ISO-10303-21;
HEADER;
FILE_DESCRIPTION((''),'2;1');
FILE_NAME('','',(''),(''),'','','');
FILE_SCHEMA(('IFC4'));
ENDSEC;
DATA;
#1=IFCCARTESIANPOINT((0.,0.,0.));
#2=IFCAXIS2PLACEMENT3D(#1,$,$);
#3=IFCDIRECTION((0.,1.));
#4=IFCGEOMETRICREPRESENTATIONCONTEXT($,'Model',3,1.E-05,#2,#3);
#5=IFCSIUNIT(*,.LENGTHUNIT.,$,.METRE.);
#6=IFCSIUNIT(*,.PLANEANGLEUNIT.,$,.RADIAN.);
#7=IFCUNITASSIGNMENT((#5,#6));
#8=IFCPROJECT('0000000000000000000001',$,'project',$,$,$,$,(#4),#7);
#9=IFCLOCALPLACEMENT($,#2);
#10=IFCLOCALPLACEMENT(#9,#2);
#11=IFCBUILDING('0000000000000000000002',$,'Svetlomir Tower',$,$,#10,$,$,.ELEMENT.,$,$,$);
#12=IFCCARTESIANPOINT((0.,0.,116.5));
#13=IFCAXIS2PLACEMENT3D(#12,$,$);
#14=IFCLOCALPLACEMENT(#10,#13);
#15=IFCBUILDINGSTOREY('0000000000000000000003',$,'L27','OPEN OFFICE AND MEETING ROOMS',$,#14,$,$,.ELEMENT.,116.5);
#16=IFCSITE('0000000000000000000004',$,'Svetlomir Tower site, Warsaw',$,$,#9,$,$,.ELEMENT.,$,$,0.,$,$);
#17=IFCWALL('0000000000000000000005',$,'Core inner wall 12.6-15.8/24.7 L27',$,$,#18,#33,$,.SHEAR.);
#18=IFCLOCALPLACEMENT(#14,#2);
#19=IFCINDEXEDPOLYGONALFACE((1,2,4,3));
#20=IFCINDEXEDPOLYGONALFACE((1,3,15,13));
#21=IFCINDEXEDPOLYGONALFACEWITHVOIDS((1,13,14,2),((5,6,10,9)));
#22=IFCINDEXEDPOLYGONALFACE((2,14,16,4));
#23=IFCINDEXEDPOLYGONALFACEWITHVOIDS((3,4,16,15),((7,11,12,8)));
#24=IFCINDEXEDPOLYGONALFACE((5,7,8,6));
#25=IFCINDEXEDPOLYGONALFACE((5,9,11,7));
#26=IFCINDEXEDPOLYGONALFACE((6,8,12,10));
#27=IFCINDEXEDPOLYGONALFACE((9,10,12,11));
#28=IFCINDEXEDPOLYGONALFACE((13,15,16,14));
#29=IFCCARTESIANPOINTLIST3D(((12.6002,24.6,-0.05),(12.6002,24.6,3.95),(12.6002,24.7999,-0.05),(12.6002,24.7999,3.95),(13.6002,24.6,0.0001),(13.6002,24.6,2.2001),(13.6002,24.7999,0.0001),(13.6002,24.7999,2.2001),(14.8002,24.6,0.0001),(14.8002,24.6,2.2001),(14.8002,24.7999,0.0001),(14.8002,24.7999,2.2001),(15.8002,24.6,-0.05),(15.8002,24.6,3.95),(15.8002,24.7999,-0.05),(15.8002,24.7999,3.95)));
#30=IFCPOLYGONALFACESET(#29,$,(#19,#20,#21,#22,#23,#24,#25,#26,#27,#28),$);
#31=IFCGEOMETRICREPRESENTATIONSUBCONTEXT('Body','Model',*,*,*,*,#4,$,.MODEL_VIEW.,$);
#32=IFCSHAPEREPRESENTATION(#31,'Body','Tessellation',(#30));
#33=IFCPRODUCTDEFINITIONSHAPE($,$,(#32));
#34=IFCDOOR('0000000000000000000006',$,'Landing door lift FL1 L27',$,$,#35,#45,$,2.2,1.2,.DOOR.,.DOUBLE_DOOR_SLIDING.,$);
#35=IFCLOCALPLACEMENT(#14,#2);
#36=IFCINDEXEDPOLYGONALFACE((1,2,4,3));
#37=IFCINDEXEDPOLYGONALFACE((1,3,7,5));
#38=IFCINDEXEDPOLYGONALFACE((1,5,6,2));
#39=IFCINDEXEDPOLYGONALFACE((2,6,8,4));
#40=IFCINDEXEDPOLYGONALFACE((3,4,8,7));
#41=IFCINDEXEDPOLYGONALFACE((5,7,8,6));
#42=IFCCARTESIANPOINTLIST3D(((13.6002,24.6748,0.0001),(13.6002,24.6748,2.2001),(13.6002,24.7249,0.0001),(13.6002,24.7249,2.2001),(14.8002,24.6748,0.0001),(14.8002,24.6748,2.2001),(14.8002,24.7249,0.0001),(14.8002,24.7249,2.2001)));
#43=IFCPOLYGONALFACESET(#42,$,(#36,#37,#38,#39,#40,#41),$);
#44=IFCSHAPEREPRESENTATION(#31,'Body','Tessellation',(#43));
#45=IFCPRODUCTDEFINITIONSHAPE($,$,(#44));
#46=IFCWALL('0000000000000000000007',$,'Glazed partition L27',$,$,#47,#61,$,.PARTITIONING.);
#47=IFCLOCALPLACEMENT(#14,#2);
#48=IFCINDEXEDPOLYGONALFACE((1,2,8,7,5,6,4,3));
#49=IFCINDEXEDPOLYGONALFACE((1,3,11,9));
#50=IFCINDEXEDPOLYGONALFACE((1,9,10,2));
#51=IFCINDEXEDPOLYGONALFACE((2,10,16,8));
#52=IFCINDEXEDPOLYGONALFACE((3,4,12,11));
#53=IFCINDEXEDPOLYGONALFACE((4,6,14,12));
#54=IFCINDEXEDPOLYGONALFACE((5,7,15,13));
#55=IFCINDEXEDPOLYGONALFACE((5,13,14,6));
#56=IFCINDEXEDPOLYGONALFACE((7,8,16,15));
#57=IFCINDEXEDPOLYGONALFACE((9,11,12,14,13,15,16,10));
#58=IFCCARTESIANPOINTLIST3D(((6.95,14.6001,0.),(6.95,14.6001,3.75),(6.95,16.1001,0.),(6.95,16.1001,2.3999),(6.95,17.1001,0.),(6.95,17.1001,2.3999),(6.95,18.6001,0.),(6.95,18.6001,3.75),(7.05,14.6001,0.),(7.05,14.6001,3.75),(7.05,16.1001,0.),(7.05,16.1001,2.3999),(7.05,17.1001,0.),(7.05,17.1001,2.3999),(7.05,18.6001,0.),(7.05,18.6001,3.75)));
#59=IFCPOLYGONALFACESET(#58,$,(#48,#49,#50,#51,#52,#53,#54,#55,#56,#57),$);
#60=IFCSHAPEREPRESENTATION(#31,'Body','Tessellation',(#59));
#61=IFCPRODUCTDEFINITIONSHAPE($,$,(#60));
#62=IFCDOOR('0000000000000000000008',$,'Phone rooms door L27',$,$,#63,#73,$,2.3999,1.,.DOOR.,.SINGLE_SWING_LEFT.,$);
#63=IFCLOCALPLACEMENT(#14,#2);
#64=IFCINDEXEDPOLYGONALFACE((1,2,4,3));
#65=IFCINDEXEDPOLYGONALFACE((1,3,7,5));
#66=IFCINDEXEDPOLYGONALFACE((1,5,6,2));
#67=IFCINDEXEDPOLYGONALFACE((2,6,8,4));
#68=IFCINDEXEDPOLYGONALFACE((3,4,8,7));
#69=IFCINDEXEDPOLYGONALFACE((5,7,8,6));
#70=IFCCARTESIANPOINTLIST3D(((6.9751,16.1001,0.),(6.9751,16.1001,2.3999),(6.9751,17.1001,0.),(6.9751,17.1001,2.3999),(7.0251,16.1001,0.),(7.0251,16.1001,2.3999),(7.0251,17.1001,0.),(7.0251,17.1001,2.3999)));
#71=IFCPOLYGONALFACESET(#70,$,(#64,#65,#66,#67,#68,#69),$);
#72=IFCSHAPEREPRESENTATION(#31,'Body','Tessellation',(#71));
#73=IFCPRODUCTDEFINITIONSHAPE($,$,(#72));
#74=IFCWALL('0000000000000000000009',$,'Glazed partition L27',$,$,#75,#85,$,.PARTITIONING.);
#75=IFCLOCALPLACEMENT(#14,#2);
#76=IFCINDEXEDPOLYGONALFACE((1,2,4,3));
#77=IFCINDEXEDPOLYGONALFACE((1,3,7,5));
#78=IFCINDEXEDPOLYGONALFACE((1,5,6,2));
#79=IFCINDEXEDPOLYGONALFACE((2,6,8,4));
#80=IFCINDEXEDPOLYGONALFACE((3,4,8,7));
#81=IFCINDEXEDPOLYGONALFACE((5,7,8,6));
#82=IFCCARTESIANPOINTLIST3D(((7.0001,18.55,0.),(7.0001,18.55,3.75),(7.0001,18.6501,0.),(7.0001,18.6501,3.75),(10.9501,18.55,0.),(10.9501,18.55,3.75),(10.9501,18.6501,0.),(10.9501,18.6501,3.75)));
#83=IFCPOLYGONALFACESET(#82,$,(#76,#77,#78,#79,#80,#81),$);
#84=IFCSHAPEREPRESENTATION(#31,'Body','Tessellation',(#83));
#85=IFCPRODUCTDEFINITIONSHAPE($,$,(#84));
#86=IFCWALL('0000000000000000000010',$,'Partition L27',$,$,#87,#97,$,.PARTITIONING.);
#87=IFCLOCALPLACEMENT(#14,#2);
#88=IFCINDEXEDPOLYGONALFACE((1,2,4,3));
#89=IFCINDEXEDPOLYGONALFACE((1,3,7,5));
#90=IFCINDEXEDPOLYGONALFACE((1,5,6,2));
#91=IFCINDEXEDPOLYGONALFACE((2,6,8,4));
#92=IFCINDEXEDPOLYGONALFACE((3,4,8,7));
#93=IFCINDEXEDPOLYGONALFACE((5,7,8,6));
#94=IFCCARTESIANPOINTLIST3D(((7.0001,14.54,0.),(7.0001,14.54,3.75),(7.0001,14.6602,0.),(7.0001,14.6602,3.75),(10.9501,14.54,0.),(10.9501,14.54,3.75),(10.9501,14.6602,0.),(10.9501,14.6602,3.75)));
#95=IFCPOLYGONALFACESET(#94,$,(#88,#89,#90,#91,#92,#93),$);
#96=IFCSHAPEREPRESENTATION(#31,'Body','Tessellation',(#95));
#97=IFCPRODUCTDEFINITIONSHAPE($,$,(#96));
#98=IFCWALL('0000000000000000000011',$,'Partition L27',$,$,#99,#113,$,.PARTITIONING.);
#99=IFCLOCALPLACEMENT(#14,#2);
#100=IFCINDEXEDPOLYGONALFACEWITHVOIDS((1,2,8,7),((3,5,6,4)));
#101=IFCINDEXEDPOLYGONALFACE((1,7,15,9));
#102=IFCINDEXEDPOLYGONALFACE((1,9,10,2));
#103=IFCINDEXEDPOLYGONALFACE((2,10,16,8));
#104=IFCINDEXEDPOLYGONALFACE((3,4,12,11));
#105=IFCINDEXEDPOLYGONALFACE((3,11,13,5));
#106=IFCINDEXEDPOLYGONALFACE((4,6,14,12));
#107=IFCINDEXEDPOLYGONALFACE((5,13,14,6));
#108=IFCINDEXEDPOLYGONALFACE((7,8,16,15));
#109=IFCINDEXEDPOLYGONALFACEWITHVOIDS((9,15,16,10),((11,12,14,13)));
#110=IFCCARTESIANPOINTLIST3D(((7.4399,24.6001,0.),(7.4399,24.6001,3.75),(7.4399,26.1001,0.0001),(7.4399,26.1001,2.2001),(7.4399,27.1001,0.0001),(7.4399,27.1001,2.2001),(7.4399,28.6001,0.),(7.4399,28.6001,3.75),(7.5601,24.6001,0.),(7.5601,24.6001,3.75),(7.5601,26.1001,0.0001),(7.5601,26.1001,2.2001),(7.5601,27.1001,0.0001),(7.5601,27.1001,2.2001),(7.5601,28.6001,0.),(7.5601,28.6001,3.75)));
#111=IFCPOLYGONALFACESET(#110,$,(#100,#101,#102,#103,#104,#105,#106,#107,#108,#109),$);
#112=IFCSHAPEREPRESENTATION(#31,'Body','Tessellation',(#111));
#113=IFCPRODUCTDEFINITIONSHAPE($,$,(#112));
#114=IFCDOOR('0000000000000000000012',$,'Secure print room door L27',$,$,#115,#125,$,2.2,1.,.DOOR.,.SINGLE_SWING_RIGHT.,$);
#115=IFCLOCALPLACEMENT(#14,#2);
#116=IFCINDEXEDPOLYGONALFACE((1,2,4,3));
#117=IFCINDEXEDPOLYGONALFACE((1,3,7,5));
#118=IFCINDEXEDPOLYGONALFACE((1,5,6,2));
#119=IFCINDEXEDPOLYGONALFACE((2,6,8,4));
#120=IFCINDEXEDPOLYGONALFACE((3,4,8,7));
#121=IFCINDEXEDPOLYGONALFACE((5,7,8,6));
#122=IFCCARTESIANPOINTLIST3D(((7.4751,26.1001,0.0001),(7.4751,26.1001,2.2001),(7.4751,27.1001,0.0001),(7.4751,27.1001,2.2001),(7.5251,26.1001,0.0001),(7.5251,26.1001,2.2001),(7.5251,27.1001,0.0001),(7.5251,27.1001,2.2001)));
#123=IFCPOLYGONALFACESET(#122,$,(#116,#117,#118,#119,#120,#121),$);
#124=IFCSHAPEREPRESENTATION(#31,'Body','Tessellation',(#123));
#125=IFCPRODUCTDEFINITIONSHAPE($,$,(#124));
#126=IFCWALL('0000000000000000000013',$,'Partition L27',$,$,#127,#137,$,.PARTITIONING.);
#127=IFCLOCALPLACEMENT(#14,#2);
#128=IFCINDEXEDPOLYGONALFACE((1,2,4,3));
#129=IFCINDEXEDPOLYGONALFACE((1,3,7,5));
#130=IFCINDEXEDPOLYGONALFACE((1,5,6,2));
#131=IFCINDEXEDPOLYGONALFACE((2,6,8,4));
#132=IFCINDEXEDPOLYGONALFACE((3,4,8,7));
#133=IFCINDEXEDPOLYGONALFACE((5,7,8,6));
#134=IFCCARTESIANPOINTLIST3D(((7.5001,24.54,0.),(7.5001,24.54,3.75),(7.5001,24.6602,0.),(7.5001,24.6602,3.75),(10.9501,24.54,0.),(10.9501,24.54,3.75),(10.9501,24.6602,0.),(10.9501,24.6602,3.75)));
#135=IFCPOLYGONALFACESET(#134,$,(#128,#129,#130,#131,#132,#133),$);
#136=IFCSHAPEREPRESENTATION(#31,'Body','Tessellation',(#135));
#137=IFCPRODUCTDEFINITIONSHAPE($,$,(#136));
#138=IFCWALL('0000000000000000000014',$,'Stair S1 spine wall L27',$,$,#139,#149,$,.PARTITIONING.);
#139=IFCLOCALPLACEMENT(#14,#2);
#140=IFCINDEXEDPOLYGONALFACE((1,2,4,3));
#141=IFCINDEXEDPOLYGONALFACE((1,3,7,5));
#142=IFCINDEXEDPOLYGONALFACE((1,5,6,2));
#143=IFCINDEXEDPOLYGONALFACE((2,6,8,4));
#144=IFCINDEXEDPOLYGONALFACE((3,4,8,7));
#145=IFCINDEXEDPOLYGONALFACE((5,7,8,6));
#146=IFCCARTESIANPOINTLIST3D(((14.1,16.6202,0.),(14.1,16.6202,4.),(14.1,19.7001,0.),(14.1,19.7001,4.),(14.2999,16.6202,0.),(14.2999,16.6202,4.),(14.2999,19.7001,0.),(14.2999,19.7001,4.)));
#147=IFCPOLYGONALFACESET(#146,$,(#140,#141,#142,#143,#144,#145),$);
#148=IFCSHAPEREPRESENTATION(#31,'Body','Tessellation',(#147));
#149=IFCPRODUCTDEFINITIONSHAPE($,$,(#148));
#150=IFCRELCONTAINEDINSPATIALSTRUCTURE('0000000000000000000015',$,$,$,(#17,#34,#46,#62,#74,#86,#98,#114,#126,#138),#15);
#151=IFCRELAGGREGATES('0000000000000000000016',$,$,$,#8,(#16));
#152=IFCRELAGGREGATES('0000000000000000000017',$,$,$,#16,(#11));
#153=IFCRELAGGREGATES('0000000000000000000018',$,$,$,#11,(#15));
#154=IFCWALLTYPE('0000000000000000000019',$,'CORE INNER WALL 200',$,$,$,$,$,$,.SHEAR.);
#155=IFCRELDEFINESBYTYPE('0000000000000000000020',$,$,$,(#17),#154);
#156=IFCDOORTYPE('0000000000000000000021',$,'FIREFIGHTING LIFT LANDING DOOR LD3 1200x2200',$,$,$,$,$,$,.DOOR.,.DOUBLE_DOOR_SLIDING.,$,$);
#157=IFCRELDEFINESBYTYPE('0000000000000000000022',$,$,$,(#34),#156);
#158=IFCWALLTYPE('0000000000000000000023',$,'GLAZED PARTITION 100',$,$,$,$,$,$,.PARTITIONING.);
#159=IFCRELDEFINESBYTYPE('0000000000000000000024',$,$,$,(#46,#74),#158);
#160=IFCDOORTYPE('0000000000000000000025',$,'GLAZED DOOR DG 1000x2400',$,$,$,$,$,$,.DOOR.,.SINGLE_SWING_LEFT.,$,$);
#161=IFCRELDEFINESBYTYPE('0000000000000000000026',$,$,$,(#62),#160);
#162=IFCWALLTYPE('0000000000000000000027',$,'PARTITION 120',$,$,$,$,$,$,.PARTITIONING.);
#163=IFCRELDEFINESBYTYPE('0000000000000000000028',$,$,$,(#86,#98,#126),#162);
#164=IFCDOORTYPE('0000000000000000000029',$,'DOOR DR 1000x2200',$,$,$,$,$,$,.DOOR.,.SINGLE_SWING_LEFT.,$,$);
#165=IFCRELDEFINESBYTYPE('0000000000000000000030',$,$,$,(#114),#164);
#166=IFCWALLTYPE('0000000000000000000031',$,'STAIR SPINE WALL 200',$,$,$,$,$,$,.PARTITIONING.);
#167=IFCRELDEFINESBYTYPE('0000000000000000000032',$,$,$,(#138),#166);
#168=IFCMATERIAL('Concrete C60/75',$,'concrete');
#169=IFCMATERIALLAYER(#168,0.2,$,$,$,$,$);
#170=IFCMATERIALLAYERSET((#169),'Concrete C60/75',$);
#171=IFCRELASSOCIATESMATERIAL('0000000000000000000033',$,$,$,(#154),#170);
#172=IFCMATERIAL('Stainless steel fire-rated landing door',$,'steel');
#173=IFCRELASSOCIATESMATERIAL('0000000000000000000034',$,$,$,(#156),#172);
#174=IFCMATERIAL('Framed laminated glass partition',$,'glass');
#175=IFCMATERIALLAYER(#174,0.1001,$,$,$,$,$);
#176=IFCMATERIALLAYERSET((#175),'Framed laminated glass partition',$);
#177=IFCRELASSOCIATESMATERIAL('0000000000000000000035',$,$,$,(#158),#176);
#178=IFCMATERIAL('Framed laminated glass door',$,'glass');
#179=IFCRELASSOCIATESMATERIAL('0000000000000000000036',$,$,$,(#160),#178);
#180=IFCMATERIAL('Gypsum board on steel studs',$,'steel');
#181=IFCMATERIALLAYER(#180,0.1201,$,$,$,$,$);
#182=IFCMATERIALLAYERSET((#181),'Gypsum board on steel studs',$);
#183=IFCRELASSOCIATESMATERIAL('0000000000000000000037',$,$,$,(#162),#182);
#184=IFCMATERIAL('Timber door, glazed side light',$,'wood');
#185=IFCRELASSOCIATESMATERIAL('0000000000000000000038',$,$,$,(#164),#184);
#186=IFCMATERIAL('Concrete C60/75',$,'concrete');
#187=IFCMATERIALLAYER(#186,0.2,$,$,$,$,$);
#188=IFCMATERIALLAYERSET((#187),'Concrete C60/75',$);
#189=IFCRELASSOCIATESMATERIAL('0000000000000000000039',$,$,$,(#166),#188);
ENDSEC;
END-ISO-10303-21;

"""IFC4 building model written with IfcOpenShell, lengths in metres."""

from ifc_helpers import new_model, si_unit, direction, frame, frame_2d, origin, place, context, subcontext, project, spatial, rectangle, extrude, material, layer, layer_set, type_object, element, fill, save


model = new_model("IFC4")

# Units and contexts
model_context = context("Model", 3, precision=1e-05, world=origin(), true_north=direction((0.0, 1.0)))
body_context = subcontext(model_context, "Body", "Model", "MODEL_VIEW")
ifc_project = project(units=[si_unit("LENGTHUNIT", "METRE"), si_unit("PLANEANGLEUNIT", "RADIAN")], contexts=[model_context])

# Site, building, storey
site_placement = place(None, origin())
site = spatial("IfcSite", under=ifc_project, at=site_placement, Name="Svetlomir Tower site, Warsaw", CompositionType="ELEMENT", RefElevation=0.0)
building_placement = place(site_placement, origin())
building = spatial("IfcBuilding", under=site, at=building_placement, Name="Svetlomir Tower", CompositionType="ELEMENT")
storey_placement = place(building_placement, frame((0.0, 0.0, 116.5)))
storey = spatial("IfcBuildingStorey", under=building, at=storey_placement, Name="L27", Description="OPEN OFFICE AND MEETING ROOMS", CompositionType="ELEMENT", Elevation=116.5)

# Walls, openings, doors
ifc_material_1 = material(Name="Concrete C60/75", Category="concrete")
ifc_layer_1 = layer(ifc_material_1, 0.2)
ifc_layer_set_1 = layer_set([ifc_layer_1], Name="Concrete C60/75")
wall_type_1 = type_object("IfcWallType", Name="CORE INNER WALL 200", PredefinedType="SHEAR", material=ifc_layer_set_1)
wall_1_placement = place(storey_placement, frame((12.6001, 24.7, -0.05), z_axis=(0.0, 0.0, 1.0), x_axis=(1.0, 0.0, 0.0)))
wall_1 = element("IfcWall", 1, at=wall_1_placement, inside=storey, type_object=wall_type_1, Name="Core inner wall 12.6-15.8/24.7 L27", PredefinedType="SHEAR", context=body_context, shape_type="SweptSolid", body=[
    extrude(rectangle(XDim=3.2, YDim=0.2, at=frame_2d((1.6001, 0.0))), origin(), (0.0, 0.0, 1.0), 4.0),
])
opening_1_placement = place(wall_1_placement, frame((1.0, 0.0, 0.05)))
opening_1 = element("IfcOpeningElement", 2, at=opening_1_placement, cuts=wall_1, PredefinedType="OPENING", context=body_context, shape_type="SweptSolid", body=[
    extrude(rectangle(XDim=1.2, YDim=2.2, at=frame_2d((0.6001, 1.1001))), frame((0.0, 0.1099, 0.0), z_axis=(0.0, -1.0, 0.0), x_axis=(1.0, 0.0, 0.0)), (0.0, 0.0, 1.0), 0.22),
])
ifc_material_2 = material(Name="Stainless steel fire-rated landing door", Category="steel")
door_type_1 = type_object("IfcDoorType", Name="FIREFIGHTING LIFT LANDING DOOR LD3 1200x2200", OperationType="DOUBLE_DOOR_SLIDING", PredefinedType="DOOR", material=ifc_material_2)
door_1_placement = place(opening_1_placement, origin())
door_1 = element("IfcDoor", 3, at=door_1_placement, inside=storey, type_object=door_type_1, Name="Landing door lift FL1 L27", OperationType="DOUBLE_DOOR_SLIDING", OverallHeight=2.2, OverallWidth=1.2, PredefinedType="DOOR", context=body_context, shape_type="SweptSolid", body=[
    extrude(rectangle(XDim=1.2, YDim=2.2, at=frame_2d((0.6001, 1.1001))), frame((0.0, 0.0249, 0.0), z_axis=(0.0, -1.0, 0.0), x_axis=(1.0, 0.0, 0.0)), (0.0, 0.0, 1.0), 0.05),
])
fill(opening_1, door_1)
ifc_material_3 = material(Name="Framed laminated glass partition", Category="glass")
ifc_layer_2 = layer(ifc_material_3, 0.1001)
ifc_layer_set_2 = layer_set([ifc_layer_2], Name="Framed laminated glass partition")
wall_type_2 = type_object("IfcWallType", Name="GLAZED PARTITION 100", PredefinedType="PARTITIONING", material=ifc_layer_set_2)
wall_2_placement = place(storey_placement, frame((7.0, 14.6001, 0.0), z_axis=(0.0, 0.0, 1.0), x_axis=(0.0, 1.0, 0.0)))
wall_2 = element("IfcWall", 4, at=wall_2_placement, inside=storey, type_object=wall_type_2, Name="Glazed partition L27", PredefinedType="PARTITIONING", context=body_context, shape_type="SweptSolid", body=[
    extrude(rectangle(XDim=4.0, YDim=0.1001, at=frame_2d((2.0, 0.0))), origin(), (0.0, 0.0, 1.0), 3.75),
])
opening_2_placement = place(wall_2_placement, frame((1.5, 0.0, 0.0)))
opening_2 = element("IfcOpeningElement", 5, at=opening_2_placement, cuts=wall_2, PredefinedType="OPENING", context=body_context, shape_type="SweptSolid", body=[
    extrude(rectangle(XDim=1.0, YDim=2.3999, at=frame_2d((0.5, 1.2))), frame((0.0, 0.0601, 0.0), z_axis=(0.0, -1.0, 0.0), x_axis=(1.0, 0.0, 0.0)), (0.0, 0.0, 1.0), 0.1201),
])
ifc_material_4 = material(Name="Framed laminated glass door", Category="glass")
door_type_2 = type_object("IfcDoorType", Name="GLAZED DOOR DG 1000x2400", OperationType="SINGLE_SWING_LEFT", PredefinedType="DOOR", material=ifc_material_4)
door_2_placement = place(opening_2_placement, origin())
door_2 = element("IfcDoor", 6, at=door_2_placement, inside=storey, type_object=door_type_2, Name="Phone rooms door L27", OperationType="SINGLE_SWING_LEFT", OverallHeight=2.3999, OverallWidth=1.0, PredefinedType="DOOR", context=body_context, shape_type="SweptSolid", body=[
    extrude(rectangle(XDim=1.0, YDim=2.3999, at=frame_2d((0.5, 1.2))), frame((0.0, 0.0249, 0.0), z_axis=(0.0, -1.0, 0.0), x_axis=(1.0, 0.0, 0.0)), (0.0, 0.0, 1.0), 0.05),
])
fill(opening_2, door_2)

# Walls
wall_3_placement = place(storey_placement, frame((7.0, 18.6001, 0.0), z_axis=(0.0, 0.0, 1.0), x_axis=(1.0, 0.0, 0.0)))
element("IfcWall", 7, at=wall_3_placement, inside=storey, type_object=wall_type_2, Name="Glazed partition L27", PredefinedType="PARTITIONING", context=body_context, shape_type="SweptSolid", body=[
    extrude(rectangle(XDim=3.95, YDim=0.1001, at=frame_2d((1.9751, 0.0))), origin(), (0.0, 0.0, 1.0), 3.75),
])
ifc_material_5 = material(Name="Gypsum board on steel studs", Category="steel")
ifc_layer_3 = layer(ifc_material_5, 0.1201)
ifc_layer_set_3 = layer_set([ifc_layer_3], Name="Gypsum board on steel studs")
wall_type_3 = type_object("IfcWallType", Name="PARTITION 120", PredefinedType="PARTITIONING", material=ifc_layer_set_3)
wall_4_placement = place(storey_placement, frame((7.0, 14.6001, 0.0), z_axis=(0.0, 0.0, 1.0), x_axis=(1.0, 0.0, 0.0)))
element("IfcWall", 8, at=wall_4_placement, inside=storey, type_object=wall_type_3, Name="Partition L27", PredefinedType="PARTITIONING", context=body_context, shape_type="SweptSolid", body=[
    extrude(rectangle(XDim=3.95, YDim=0.1201, at=frame_2d((1.9751, 0.0))), origin(), (0.0, 0.0, 1.0), 3.75),
])

# Wall, opening, door
wall_5_placement = place(storey_placement, frame((7.5, 24.6001, 0.0), z_axis=(0.0, 0.0, 1.0), x_axis=(0.0, 1.0, 0.0)))
wall_5 = element("IfcWall", 9, at=wall_5_placement, inside=storey, type_object=wall_type_3, Name="Partition L27", PredefinedType="PARTITIONING", context=body_context, shape_type="SweptSolid", body=[
    extrude(rectangle(XDim=4.0, YDim=0.1201, at=frame_2d((2.0, 0.0))), origin(), (0.0, 0.0, 1.0), 3.75),
])
opening_3_placement = place(wall_5_placement, frame((1.5, 0.0, 0.0)))
opening_3 = element("IfcOpeningElement", 10, at=opening_3_placement, cuts=wall_5, PredefinedType="OPENING", context=body_context, shape_type="SweptSolid", body=[
    extrude(rectangle(XDim=1.0, YDim=2.2, at=frame_2d((0.5, 1.1001))), frame((0.0, 0.0701, 0.0), z_axis=(0.0, -1.0, 0.0), x_axis=(1.0, 0.0, 0.0)), (0.0, 0.0, 1.0), 0.1401),
])
ifc_material_6 = material(Name="Timber door, glazed side light", Category="wood")
door_type_3 = type_object("IfcDoorType", Name="DOOR DR 1000x2200", OperationType="SINGLE_SWING_LEFT", PredefinedType="DOOR", material=ifc_material_6)
door_3_placement = place(opening_3_placement, origin())
door_3 = element("IfcDoor", 11, at=door_3_placement, inside=storey, type_object=door_type_3, Name="Secure print room door L27", OperationType="SINGLE_SWING_RIGHT", OverallHeight=2.2, OverallWidth=1.0, PredefinedType="DOOR", context=body_context, shape_type="SweptSolid", body=[
    extrude(rectangle(XDim=1.0, YDim=2.2, at=frame_2d((0.5, 1.1001))), frame((0.0, 0.0249, 0.0), z_axis=(0.0, -1.0, 0.0), x_axis=(1.0, 0.0, 0.0)), (0.0, 0.0, 1.0), 0.05),
])
fill(opening_3, door_3)

# Walls
wall_6_placement = place(storey_placement, frame((7.5, 24.6001, 0.0), z_axis=(0.0, 0.0, 1.0), x_axis=(1.0, 0.0, 0.0)))
element("IfcWall", 12, at=wall_6_placement, inside=storey, type_object=wall_type_3, Name="Partition L27", PredefinedType="PARTITIONING", context=body_context, shape_type="SweptSolid", body=[
    extrude(rectangle(XDim=3.45, YDim=0.1201, at=frame_2d((1.7251, 0.0))), origin(), (0.0, 0.0, 1.0), 3.75),
])
ifc_material_7 = material(Name="Concrete C60/75", Category="concrete")
ifc_layer_4 = layer(ifc_material_7, 0.2)
ifc_layer_set_4 = layer_set([ifc_layer_4], Name="Concrete C60/75")
wall_type_4 = type_object("IfcWallType", Name="STAIR SPINE WALL 200", PredefinedType="PARTITIONING", material=ifc_layer_set_4)
wall_7_placement = place(storey_placement, frame((14.2, 16.6201, 0.0), z_axis=(0.0, 0.0, 1.0), x_axis=(0.0, 1.0, 0.0)))
element("IfcWall", 13, at=wall_7_placement, inside=storey, type_object=wall_type_4, Name="Stair S1 spine wall L27", PredefinedType="PARTITIONING", context=body_context, shape_type="SweptSolid", body=[
    extrude(rectangle(XDim=3.0798, YDim=0.2, at=frame_2d((1.54, 0.0))), origin(), (0.0, 0.0, 1.0), 4.0),
])

save(model, "model.ifc")
